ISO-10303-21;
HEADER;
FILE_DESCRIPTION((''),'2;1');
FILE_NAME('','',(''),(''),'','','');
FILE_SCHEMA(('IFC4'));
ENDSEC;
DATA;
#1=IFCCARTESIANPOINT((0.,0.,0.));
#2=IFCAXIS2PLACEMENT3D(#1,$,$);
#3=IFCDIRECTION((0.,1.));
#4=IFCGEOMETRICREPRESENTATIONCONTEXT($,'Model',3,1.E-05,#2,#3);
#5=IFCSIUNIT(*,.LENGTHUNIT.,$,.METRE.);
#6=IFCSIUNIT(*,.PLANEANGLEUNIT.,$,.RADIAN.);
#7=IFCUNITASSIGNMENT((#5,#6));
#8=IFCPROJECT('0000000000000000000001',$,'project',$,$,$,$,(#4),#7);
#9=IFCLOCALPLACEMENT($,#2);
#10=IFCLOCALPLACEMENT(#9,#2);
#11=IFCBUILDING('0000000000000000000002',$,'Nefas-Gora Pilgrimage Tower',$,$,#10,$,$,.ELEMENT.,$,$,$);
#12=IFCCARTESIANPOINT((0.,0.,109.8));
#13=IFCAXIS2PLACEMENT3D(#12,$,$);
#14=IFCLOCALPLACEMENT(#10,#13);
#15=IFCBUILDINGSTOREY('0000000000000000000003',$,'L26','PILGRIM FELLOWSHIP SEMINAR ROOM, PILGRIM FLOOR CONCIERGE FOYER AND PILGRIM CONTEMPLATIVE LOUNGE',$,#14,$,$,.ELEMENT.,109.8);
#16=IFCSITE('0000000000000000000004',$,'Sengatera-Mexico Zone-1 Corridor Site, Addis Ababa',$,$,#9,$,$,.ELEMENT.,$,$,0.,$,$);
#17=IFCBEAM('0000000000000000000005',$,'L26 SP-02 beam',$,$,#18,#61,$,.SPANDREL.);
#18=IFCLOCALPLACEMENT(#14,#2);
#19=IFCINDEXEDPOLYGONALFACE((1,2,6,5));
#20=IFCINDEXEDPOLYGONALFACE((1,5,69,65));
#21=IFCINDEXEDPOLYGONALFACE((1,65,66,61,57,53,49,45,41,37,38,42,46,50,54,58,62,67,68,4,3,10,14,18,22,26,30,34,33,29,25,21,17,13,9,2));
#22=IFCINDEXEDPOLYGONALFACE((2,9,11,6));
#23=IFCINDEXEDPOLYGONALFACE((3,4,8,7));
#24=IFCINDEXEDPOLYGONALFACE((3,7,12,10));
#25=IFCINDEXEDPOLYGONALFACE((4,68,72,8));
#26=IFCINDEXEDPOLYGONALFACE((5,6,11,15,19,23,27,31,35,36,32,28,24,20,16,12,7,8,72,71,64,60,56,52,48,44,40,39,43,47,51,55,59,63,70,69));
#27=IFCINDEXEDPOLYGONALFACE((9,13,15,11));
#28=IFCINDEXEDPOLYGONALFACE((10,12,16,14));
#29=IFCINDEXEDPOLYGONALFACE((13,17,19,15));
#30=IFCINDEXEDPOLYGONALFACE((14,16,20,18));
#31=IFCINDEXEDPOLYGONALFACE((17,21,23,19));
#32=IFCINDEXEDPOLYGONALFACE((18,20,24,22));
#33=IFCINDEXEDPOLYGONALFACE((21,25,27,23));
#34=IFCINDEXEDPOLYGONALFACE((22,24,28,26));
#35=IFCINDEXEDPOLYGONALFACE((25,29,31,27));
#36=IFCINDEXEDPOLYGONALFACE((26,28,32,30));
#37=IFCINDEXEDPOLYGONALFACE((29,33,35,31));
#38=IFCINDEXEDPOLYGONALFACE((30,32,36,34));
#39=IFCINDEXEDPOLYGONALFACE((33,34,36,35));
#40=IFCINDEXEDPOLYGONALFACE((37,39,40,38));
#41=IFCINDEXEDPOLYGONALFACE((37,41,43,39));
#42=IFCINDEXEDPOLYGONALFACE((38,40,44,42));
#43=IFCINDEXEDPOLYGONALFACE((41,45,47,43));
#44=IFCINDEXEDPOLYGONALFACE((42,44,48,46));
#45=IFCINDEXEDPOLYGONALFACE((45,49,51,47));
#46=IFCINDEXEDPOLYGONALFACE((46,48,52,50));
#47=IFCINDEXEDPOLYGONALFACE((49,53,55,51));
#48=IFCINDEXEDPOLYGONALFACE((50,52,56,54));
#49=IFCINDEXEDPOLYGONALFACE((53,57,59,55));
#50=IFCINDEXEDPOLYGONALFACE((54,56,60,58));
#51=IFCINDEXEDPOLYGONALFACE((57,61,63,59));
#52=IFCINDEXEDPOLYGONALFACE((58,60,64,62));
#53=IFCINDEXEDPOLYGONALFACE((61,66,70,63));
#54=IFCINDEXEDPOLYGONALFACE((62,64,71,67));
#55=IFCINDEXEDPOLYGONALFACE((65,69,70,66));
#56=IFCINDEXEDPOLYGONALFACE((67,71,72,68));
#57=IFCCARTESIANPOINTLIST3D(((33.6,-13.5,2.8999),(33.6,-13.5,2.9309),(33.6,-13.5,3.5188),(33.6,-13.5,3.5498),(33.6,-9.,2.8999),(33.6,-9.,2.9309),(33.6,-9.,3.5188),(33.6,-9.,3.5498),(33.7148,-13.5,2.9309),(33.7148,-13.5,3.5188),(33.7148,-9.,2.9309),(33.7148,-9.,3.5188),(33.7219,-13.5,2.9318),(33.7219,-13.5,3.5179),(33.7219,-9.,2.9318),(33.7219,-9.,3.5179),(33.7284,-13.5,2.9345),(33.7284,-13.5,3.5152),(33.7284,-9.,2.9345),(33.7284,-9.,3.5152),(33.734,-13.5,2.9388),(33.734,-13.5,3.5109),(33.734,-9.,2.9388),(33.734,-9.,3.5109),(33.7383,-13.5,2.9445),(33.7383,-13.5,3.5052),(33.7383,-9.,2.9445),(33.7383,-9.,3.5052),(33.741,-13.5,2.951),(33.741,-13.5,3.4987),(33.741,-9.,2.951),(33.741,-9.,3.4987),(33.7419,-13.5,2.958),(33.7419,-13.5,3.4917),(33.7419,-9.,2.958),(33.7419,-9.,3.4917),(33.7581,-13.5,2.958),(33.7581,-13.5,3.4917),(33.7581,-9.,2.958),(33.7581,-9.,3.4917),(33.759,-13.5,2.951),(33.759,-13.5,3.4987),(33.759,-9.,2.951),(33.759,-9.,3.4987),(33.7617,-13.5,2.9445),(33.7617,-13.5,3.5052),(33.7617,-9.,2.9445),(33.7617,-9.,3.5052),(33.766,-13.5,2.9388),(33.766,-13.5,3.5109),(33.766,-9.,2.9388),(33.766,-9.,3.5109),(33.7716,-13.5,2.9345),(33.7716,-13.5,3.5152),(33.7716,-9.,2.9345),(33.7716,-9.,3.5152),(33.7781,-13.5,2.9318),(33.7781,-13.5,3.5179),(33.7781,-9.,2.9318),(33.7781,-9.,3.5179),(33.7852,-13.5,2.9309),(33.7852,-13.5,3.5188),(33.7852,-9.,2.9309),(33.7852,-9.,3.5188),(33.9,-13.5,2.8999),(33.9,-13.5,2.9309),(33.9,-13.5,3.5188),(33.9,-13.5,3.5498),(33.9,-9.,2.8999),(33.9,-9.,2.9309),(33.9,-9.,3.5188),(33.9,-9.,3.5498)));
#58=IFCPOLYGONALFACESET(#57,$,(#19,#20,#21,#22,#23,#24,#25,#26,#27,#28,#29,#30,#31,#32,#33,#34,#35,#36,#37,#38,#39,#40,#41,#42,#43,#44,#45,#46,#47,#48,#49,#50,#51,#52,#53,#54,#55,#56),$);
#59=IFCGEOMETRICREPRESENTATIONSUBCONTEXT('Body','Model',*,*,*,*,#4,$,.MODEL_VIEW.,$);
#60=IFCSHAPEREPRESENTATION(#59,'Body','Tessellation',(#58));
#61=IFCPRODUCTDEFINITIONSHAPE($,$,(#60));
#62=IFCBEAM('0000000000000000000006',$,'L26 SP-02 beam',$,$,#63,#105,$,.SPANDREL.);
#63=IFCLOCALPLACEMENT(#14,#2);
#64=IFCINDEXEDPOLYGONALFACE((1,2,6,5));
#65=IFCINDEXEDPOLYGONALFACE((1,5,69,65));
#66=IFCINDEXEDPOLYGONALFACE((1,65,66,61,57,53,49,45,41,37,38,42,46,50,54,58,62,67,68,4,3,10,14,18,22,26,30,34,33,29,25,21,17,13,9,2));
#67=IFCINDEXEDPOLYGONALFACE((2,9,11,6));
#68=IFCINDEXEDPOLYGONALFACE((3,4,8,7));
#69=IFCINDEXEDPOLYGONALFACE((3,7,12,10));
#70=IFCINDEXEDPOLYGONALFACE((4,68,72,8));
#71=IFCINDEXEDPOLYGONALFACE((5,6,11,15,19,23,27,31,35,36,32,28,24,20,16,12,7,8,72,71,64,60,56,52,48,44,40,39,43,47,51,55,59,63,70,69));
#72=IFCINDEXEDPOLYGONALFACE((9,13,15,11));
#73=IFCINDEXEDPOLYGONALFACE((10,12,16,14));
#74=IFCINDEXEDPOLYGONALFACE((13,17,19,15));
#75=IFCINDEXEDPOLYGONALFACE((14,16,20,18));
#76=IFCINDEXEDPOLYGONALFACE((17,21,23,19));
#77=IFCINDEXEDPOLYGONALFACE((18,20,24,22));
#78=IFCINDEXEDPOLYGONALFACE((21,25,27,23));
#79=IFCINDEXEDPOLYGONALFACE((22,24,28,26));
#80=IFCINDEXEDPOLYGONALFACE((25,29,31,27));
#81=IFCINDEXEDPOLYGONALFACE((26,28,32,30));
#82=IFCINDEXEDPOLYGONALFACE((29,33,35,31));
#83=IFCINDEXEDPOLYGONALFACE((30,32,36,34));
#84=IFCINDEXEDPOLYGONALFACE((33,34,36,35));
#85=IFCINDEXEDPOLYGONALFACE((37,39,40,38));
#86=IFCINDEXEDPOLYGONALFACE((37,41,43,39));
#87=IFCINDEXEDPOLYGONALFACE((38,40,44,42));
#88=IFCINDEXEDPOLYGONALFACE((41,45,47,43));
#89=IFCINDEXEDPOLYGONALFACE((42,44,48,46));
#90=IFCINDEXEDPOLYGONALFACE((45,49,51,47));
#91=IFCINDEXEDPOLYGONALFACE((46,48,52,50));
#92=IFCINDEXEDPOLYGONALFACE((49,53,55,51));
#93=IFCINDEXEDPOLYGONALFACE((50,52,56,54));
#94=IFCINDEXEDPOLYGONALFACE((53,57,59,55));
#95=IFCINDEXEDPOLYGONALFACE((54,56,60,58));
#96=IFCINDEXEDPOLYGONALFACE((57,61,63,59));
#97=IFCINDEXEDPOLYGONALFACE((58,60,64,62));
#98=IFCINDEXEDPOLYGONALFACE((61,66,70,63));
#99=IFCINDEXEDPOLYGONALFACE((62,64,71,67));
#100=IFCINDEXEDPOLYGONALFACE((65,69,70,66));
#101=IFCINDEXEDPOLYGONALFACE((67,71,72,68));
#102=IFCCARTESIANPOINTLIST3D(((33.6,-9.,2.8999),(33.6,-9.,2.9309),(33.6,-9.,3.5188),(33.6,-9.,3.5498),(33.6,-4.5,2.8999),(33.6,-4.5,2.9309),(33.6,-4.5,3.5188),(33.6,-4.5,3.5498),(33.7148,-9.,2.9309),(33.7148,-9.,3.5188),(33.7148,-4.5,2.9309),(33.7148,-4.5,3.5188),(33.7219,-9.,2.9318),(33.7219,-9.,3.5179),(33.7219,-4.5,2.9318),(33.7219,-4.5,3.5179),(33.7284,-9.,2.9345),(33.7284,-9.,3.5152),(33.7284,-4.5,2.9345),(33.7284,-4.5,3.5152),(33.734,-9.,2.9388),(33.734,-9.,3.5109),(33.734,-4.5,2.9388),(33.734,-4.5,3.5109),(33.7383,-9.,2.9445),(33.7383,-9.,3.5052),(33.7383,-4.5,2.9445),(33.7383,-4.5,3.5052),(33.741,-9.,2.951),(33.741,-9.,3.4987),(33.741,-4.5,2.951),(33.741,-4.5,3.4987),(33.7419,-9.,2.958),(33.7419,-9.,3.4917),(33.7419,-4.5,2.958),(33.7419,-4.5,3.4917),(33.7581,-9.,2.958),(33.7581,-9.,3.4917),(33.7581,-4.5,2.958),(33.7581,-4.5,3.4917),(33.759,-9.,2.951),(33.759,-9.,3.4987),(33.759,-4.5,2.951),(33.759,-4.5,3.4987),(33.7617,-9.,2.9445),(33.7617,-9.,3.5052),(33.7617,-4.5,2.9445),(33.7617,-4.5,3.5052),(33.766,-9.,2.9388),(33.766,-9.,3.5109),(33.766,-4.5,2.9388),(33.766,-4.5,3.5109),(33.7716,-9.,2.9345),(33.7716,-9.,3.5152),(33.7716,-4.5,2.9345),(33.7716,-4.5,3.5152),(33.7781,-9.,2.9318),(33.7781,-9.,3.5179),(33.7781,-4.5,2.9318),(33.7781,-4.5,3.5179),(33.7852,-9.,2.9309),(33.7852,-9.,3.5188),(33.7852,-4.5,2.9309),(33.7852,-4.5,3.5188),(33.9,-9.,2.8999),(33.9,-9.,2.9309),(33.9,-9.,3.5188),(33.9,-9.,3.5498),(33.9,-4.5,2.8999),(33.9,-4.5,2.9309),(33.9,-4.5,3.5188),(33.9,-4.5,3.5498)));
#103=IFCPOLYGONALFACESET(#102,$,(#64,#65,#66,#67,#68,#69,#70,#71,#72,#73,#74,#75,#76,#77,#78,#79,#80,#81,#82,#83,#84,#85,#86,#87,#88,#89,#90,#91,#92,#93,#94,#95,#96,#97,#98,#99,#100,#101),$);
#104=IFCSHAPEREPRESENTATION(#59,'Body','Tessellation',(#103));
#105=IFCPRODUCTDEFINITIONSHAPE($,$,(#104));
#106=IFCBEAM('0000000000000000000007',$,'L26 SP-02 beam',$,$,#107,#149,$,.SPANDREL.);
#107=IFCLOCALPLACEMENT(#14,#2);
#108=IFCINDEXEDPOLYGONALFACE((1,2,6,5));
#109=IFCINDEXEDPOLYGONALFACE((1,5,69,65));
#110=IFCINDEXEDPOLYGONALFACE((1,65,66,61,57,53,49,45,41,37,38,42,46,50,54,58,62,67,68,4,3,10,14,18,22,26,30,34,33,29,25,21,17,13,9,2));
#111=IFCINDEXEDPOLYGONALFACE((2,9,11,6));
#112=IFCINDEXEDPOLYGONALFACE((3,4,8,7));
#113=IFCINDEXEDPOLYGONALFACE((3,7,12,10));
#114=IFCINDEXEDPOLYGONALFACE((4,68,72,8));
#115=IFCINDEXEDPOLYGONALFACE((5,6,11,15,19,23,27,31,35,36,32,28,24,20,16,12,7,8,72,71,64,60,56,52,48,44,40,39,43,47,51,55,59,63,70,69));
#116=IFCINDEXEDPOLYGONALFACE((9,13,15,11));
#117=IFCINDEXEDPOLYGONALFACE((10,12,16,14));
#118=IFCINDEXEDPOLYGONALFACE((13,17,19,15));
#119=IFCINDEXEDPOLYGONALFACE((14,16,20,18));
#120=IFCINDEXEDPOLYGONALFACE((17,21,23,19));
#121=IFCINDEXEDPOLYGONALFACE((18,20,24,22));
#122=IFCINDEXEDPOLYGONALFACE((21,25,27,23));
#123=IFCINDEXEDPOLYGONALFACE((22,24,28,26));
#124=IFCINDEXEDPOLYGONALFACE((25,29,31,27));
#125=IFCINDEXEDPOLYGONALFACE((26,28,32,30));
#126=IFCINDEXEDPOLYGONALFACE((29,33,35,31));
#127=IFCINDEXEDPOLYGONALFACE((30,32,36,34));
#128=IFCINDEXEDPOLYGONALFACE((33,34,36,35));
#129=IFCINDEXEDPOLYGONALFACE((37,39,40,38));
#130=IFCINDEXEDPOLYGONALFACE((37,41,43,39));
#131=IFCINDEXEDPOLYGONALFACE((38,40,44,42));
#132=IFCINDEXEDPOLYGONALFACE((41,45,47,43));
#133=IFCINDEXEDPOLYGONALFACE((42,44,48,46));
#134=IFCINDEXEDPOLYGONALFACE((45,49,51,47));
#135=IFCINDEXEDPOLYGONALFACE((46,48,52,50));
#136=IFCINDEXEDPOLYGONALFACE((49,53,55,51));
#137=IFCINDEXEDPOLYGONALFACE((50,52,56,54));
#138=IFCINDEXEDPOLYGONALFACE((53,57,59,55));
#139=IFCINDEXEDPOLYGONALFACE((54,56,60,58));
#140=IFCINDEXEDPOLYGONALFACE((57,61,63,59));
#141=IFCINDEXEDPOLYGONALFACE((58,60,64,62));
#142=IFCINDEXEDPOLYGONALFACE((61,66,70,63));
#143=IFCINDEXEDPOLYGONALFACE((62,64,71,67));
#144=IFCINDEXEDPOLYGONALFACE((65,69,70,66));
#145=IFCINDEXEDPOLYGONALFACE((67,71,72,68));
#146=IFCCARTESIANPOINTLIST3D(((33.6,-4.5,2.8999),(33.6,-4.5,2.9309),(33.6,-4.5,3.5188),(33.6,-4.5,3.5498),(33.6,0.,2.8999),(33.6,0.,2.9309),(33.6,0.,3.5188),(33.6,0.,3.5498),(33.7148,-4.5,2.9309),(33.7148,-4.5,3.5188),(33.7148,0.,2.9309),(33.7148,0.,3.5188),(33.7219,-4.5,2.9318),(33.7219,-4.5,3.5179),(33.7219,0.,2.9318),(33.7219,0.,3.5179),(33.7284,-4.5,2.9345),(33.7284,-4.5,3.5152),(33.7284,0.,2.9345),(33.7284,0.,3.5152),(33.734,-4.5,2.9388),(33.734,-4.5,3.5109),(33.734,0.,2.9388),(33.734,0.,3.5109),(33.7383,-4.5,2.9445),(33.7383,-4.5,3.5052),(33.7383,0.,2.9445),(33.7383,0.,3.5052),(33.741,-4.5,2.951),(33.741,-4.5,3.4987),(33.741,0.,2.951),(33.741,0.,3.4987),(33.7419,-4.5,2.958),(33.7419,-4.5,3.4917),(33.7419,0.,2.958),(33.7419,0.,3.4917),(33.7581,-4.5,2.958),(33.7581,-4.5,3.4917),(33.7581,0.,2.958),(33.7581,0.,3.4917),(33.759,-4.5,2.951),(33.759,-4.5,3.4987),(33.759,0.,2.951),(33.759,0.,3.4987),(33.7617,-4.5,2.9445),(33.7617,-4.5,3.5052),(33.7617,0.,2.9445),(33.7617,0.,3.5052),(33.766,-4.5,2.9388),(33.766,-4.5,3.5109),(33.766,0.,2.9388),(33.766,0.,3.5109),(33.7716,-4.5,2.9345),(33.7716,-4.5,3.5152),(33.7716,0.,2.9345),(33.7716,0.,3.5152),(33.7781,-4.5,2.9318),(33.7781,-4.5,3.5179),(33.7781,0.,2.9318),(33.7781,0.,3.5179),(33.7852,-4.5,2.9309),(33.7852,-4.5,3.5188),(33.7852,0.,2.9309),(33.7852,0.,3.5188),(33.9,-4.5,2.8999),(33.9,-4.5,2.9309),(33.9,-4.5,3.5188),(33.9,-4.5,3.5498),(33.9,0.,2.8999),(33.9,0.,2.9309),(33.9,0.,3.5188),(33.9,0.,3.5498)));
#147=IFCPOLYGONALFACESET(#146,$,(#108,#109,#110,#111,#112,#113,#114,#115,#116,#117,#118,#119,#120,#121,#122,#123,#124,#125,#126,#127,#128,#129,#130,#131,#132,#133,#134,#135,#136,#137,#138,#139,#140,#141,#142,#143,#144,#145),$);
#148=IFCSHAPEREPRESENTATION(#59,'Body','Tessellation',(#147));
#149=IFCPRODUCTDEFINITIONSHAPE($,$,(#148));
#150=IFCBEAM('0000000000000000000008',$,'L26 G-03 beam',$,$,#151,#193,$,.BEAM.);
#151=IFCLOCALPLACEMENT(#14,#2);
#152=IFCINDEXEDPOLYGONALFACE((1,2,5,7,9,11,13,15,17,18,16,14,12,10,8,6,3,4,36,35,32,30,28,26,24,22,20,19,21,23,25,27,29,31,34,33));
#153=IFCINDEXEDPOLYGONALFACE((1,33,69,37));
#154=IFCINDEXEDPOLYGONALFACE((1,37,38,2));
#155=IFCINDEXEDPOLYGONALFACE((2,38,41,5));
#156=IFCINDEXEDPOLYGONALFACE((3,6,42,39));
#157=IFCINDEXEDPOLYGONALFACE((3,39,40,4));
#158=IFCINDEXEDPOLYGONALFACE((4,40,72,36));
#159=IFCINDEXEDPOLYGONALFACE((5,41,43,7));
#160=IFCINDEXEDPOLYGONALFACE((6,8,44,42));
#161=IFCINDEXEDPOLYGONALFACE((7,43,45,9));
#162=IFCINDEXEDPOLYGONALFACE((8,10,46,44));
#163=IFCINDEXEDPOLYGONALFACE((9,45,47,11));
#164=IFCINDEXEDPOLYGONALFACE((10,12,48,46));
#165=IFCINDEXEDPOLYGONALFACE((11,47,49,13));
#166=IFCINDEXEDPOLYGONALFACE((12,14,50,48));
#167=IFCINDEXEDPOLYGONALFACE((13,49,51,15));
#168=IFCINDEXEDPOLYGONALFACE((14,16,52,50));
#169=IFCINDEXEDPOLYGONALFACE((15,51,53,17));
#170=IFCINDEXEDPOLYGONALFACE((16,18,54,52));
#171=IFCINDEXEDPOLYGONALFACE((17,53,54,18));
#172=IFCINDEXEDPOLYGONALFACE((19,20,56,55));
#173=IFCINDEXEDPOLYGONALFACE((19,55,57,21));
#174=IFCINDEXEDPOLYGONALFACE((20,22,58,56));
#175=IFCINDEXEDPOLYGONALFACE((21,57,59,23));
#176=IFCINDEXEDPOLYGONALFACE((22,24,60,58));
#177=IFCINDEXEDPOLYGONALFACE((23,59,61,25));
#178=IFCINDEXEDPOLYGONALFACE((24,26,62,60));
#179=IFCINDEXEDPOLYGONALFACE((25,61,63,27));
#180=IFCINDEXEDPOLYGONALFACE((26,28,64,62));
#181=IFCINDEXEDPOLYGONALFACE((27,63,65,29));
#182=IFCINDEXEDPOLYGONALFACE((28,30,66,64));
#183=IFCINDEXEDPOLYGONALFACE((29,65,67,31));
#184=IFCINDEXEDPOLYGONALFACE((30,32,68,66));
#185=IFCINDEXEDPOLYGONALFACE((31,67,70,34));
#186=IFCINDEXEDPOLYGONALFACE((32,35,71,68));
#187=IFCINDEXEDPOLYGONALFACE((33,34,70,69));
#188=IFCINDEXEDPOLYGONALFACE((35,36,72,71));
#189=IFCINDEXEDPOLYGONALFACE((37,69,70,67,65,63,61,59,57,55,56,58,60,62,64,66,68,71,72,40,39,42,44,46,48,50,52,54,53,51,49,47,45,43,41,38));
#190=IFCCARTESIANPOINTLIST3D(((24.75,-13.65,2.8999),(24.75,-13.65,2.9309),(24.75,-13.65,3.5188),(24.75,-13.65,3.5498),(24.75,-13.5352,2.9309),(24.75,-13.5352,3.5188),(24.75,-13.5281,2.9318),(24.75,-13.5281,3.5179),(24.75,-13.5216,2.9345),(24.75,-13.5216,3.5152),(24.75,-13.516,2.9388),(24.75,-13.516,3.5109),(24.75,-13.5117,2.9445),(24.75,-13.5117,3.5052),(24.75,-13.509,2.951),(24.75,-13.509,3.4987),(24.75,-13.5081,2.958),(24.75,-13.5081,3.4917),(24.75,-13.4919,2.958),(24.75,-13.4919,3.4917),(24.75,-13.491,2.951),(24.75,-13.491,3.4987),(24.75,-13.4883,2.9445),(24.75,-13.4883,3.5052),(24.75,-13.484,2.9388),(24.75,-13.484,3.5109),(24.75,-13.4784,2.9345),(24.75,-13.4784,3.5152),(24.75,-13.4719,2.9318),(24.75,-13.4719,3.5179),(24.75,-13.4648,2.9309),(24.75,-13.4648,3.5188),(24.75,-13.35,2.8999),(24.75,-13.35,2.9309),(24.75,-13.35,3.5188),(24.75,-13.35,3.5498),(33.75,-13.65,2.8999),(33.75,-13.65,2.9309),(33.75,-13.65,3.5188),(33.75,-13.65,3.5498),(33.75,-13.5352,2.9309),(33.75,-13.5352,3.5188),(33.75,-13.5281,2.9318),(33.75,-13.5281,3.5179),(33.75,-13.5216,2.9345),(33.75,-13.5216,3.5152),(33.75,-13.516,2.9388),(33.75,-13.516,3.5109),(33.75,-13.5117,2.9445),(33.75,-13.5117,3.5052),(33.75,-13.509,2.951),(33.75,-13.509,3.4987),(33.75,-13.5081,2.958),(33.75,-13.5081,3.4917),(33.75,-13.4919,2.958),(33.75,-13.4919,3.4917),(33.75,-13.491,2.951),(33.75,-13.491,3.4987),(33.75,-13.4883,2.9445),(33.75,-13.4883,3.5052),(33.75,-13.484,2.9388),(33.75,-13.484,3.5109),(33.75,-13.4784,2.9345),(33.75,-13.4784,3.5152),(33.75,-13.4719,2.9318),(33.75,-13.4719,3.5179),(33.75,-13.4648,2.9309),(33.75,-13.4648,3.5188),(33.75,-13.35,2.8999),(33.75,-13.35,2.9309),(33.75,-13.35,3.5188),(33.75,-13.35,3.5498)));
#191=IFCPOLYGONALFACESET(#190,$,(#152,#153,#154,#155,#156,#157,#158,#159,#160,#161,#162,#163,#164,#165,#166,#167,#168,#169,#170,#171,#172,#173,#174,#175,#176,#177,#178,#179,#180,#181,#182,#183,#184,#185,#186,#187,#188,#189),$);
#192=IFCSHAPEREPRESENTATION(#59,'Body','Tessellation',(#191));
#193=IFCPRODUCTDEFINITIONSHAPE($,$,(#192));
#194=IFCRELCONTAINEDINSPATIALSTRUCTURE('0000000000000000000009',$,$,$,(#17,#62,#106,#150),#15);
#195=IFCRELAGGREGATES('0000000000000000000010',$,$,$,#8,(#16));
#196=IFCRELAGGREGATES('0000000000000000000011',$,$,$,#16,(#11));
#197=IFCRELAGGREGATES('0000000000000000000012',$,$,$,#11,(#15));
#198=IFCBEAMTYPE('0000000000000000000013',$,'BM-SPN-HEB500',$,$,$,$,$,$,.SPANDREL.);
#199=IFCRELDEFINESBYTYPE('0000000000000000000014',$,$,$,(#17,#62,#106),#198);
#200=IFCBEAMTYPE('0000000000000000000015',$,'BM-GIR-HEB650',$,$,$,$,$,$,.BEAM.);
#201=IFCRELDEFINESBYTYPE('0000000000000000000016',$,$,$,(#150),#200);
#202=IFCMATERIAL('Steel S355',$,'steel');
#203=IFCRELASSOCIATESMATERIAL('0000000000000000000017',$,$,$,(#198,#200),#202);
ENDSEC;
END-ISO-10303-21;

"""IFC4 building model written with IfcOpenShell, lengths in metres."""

from ifc_helpers import new_model, si_unit, direction, frame, origin, origin_2d, place, context, subcontext, project, spatial, i_section, extrude, source, transform, mapped, material, material_profile, profile_set, type_object, element, save


model = new_model("IFC4")

# Units and contexts
model_context = context("Model", 3, precision=1e-05, world=origin(), true_north=direction((0.0, 1.0)))
body_context = subcontext(model_context, "Body", "Model", "MODEL_VIEW")
ifc_project = project(units=[si_unit("LENGTHUNIT", "METRE"), si_unit("PLANEANGLEUNIT", "RADIAN")], contexts=[model_context])

# Site, building, storey
site_placement = place(None, origin())
site = spatial("IfcSite", under=ifc_project, at=site_placement, Name="Sengatera-Mexico Zone-1 Corridor Site, Addis Ababa", CompositionType="ELEMENT", RefElevation=0.0)
building_placement = place(site_placement, origin())
building = spatial("IfcBuilding", under=site, at=building_placement, Name="Nefas-Gora Pilgrimage Tower", CompositionType="ELEMENT")
storey_placement = place(building_placement, frame((0.0, 0.0, 109.8)))
storey = spatial("IfcBuildingStorey", under=building, at=storey_placement, Name="L26", Description="PILGRIM FELLOWSHIP SEMINAR ROOM, PILGRIM FLOOR CONCIERGE FOYER AND PILGRIM CONTEMPLATIVE LOUNGE", CompositionType="ELEMENT", Elevation=109.8)

# Beams
ifc_material_1 = material(Name="Steel S355", Category="steel")
ifc_material_profile_1 = material_profile(ifc_material_1, i_section(OverallWidth=0.3, OverallDepth=0.6499, WebThickness=0.0161, FlangeThickness=0.031, FilletRadius=0.0271, at=origin_2d()), Name="HEB 650")
ifc_profile_set_1 = profile_set([ifc_material_profile_1], Name="Steel S355")
beam_type_1 = type_object("IfcBeamType", Name="BM-SPN-HEB500", PredefinedType="SPANDREL", material=ifc_profile_set_1)
shared_shape_1 = source(origin(), body_context, "Body", "SweptSolid", [
    extrude(i_section(OverallWidth=0.3, OverallDepth=0.6499, WebThickness=0.0161, FlangeThickness=0.031, FilletRadius=0.0271, at=origin_2d()), origin(), (0.0, 0.0, 1.0), 4.5),
])
for number, where, z_axis, x_axis, name in (
    (1, (33.75, -13.5, 3.2249), (0.0, 1.0, 0.0), (-1.0, 0.0, 0.0), "L26 SP-02 beam"),
    (2, (33.75, -9.0, 3.2249), (0.0, 1.0, 0.0), (-1.0, 0.0, 0.0), "L26 SP-02 beam"),
    (3, (33.75, -4.5, 3.2249), (0.0, 1.0, 0.0), (-1.0, 0.0, 0.0), "L26 SP-02 beam"),
):
    element("IfcBeam", number, at=place(storey_placement, frame(where, z_axis=z_axis, x_axis=x_axis)), inside=storey, type_object=beam_type_1, Name=name, PredefinedType="SPANDREL", context=body_context, shape_type="MappedRepresentation", body=[
        mapped(shared_shape_1, transform((0.0, 0.0, 0.0), x_axis=(1.0, 0.0, 0.0), y_axis=(0.0, 1.0, 0.0), z_axis=(0.0, 0.0, 1.0), scale=1.0)),
    ])
ifc_material_profile_2 = material_profile(ifc_material_1, i_section(OverallWidth=0.3, OverallDepth=0.6499, WebThickness=0.0161, FlangeThickness=0.031, FilletRadius=0.0271, at=origin_2d()), Name="HEB 650")
ifc_profile_set_2 = profile_set([ifc_material_profile_2], Name="Steel S355")
beam_type_2 = type_object("IfcBeamType", Name="BM-GIR-HEB650", PredefinedType="BEAM", material=ifc_profile_set_2)
shared_shape_2 = source(origin(), body_context, "Body", "SweptSolid", [
    extrude(i_section(OverallWidth=0.3, OverallDepth=0.6499, WebThickness=0.0161, FlangeThickness=0.031, FilletRadius=0.0271, at=origin_2d()), origin(), (0.0, 0.0, 1.0), 9.0),
])
for number, where, z_axis, x_axis, name in (
    (4, (24.75, -13.5, 3.2249), (1.0, 0.0, 0.0), (0.0, 1.0, 0.0), "L26 G-03 beam"),
):
    element("IfcBeam", number, at=place(storey_placement, frame(where, z_axis=z_axis, x_axis=x_axis)), inside=storey, type_object=beam_type_2, Name=name, PredefinedType="BEAM", context=body_context, shape_type="MappedRepresentation", body=[
        mapped(shared_shape_2, transform((0.0, 0.0, 0.0), x_axis=(1.0, 0.0, 0.0), y_axis=(0.0, 1.0, 0.0), z_axis=(0.0, 0.0, 1.0), scale=1.0)),
    ])

save(model, "model.ifc")
